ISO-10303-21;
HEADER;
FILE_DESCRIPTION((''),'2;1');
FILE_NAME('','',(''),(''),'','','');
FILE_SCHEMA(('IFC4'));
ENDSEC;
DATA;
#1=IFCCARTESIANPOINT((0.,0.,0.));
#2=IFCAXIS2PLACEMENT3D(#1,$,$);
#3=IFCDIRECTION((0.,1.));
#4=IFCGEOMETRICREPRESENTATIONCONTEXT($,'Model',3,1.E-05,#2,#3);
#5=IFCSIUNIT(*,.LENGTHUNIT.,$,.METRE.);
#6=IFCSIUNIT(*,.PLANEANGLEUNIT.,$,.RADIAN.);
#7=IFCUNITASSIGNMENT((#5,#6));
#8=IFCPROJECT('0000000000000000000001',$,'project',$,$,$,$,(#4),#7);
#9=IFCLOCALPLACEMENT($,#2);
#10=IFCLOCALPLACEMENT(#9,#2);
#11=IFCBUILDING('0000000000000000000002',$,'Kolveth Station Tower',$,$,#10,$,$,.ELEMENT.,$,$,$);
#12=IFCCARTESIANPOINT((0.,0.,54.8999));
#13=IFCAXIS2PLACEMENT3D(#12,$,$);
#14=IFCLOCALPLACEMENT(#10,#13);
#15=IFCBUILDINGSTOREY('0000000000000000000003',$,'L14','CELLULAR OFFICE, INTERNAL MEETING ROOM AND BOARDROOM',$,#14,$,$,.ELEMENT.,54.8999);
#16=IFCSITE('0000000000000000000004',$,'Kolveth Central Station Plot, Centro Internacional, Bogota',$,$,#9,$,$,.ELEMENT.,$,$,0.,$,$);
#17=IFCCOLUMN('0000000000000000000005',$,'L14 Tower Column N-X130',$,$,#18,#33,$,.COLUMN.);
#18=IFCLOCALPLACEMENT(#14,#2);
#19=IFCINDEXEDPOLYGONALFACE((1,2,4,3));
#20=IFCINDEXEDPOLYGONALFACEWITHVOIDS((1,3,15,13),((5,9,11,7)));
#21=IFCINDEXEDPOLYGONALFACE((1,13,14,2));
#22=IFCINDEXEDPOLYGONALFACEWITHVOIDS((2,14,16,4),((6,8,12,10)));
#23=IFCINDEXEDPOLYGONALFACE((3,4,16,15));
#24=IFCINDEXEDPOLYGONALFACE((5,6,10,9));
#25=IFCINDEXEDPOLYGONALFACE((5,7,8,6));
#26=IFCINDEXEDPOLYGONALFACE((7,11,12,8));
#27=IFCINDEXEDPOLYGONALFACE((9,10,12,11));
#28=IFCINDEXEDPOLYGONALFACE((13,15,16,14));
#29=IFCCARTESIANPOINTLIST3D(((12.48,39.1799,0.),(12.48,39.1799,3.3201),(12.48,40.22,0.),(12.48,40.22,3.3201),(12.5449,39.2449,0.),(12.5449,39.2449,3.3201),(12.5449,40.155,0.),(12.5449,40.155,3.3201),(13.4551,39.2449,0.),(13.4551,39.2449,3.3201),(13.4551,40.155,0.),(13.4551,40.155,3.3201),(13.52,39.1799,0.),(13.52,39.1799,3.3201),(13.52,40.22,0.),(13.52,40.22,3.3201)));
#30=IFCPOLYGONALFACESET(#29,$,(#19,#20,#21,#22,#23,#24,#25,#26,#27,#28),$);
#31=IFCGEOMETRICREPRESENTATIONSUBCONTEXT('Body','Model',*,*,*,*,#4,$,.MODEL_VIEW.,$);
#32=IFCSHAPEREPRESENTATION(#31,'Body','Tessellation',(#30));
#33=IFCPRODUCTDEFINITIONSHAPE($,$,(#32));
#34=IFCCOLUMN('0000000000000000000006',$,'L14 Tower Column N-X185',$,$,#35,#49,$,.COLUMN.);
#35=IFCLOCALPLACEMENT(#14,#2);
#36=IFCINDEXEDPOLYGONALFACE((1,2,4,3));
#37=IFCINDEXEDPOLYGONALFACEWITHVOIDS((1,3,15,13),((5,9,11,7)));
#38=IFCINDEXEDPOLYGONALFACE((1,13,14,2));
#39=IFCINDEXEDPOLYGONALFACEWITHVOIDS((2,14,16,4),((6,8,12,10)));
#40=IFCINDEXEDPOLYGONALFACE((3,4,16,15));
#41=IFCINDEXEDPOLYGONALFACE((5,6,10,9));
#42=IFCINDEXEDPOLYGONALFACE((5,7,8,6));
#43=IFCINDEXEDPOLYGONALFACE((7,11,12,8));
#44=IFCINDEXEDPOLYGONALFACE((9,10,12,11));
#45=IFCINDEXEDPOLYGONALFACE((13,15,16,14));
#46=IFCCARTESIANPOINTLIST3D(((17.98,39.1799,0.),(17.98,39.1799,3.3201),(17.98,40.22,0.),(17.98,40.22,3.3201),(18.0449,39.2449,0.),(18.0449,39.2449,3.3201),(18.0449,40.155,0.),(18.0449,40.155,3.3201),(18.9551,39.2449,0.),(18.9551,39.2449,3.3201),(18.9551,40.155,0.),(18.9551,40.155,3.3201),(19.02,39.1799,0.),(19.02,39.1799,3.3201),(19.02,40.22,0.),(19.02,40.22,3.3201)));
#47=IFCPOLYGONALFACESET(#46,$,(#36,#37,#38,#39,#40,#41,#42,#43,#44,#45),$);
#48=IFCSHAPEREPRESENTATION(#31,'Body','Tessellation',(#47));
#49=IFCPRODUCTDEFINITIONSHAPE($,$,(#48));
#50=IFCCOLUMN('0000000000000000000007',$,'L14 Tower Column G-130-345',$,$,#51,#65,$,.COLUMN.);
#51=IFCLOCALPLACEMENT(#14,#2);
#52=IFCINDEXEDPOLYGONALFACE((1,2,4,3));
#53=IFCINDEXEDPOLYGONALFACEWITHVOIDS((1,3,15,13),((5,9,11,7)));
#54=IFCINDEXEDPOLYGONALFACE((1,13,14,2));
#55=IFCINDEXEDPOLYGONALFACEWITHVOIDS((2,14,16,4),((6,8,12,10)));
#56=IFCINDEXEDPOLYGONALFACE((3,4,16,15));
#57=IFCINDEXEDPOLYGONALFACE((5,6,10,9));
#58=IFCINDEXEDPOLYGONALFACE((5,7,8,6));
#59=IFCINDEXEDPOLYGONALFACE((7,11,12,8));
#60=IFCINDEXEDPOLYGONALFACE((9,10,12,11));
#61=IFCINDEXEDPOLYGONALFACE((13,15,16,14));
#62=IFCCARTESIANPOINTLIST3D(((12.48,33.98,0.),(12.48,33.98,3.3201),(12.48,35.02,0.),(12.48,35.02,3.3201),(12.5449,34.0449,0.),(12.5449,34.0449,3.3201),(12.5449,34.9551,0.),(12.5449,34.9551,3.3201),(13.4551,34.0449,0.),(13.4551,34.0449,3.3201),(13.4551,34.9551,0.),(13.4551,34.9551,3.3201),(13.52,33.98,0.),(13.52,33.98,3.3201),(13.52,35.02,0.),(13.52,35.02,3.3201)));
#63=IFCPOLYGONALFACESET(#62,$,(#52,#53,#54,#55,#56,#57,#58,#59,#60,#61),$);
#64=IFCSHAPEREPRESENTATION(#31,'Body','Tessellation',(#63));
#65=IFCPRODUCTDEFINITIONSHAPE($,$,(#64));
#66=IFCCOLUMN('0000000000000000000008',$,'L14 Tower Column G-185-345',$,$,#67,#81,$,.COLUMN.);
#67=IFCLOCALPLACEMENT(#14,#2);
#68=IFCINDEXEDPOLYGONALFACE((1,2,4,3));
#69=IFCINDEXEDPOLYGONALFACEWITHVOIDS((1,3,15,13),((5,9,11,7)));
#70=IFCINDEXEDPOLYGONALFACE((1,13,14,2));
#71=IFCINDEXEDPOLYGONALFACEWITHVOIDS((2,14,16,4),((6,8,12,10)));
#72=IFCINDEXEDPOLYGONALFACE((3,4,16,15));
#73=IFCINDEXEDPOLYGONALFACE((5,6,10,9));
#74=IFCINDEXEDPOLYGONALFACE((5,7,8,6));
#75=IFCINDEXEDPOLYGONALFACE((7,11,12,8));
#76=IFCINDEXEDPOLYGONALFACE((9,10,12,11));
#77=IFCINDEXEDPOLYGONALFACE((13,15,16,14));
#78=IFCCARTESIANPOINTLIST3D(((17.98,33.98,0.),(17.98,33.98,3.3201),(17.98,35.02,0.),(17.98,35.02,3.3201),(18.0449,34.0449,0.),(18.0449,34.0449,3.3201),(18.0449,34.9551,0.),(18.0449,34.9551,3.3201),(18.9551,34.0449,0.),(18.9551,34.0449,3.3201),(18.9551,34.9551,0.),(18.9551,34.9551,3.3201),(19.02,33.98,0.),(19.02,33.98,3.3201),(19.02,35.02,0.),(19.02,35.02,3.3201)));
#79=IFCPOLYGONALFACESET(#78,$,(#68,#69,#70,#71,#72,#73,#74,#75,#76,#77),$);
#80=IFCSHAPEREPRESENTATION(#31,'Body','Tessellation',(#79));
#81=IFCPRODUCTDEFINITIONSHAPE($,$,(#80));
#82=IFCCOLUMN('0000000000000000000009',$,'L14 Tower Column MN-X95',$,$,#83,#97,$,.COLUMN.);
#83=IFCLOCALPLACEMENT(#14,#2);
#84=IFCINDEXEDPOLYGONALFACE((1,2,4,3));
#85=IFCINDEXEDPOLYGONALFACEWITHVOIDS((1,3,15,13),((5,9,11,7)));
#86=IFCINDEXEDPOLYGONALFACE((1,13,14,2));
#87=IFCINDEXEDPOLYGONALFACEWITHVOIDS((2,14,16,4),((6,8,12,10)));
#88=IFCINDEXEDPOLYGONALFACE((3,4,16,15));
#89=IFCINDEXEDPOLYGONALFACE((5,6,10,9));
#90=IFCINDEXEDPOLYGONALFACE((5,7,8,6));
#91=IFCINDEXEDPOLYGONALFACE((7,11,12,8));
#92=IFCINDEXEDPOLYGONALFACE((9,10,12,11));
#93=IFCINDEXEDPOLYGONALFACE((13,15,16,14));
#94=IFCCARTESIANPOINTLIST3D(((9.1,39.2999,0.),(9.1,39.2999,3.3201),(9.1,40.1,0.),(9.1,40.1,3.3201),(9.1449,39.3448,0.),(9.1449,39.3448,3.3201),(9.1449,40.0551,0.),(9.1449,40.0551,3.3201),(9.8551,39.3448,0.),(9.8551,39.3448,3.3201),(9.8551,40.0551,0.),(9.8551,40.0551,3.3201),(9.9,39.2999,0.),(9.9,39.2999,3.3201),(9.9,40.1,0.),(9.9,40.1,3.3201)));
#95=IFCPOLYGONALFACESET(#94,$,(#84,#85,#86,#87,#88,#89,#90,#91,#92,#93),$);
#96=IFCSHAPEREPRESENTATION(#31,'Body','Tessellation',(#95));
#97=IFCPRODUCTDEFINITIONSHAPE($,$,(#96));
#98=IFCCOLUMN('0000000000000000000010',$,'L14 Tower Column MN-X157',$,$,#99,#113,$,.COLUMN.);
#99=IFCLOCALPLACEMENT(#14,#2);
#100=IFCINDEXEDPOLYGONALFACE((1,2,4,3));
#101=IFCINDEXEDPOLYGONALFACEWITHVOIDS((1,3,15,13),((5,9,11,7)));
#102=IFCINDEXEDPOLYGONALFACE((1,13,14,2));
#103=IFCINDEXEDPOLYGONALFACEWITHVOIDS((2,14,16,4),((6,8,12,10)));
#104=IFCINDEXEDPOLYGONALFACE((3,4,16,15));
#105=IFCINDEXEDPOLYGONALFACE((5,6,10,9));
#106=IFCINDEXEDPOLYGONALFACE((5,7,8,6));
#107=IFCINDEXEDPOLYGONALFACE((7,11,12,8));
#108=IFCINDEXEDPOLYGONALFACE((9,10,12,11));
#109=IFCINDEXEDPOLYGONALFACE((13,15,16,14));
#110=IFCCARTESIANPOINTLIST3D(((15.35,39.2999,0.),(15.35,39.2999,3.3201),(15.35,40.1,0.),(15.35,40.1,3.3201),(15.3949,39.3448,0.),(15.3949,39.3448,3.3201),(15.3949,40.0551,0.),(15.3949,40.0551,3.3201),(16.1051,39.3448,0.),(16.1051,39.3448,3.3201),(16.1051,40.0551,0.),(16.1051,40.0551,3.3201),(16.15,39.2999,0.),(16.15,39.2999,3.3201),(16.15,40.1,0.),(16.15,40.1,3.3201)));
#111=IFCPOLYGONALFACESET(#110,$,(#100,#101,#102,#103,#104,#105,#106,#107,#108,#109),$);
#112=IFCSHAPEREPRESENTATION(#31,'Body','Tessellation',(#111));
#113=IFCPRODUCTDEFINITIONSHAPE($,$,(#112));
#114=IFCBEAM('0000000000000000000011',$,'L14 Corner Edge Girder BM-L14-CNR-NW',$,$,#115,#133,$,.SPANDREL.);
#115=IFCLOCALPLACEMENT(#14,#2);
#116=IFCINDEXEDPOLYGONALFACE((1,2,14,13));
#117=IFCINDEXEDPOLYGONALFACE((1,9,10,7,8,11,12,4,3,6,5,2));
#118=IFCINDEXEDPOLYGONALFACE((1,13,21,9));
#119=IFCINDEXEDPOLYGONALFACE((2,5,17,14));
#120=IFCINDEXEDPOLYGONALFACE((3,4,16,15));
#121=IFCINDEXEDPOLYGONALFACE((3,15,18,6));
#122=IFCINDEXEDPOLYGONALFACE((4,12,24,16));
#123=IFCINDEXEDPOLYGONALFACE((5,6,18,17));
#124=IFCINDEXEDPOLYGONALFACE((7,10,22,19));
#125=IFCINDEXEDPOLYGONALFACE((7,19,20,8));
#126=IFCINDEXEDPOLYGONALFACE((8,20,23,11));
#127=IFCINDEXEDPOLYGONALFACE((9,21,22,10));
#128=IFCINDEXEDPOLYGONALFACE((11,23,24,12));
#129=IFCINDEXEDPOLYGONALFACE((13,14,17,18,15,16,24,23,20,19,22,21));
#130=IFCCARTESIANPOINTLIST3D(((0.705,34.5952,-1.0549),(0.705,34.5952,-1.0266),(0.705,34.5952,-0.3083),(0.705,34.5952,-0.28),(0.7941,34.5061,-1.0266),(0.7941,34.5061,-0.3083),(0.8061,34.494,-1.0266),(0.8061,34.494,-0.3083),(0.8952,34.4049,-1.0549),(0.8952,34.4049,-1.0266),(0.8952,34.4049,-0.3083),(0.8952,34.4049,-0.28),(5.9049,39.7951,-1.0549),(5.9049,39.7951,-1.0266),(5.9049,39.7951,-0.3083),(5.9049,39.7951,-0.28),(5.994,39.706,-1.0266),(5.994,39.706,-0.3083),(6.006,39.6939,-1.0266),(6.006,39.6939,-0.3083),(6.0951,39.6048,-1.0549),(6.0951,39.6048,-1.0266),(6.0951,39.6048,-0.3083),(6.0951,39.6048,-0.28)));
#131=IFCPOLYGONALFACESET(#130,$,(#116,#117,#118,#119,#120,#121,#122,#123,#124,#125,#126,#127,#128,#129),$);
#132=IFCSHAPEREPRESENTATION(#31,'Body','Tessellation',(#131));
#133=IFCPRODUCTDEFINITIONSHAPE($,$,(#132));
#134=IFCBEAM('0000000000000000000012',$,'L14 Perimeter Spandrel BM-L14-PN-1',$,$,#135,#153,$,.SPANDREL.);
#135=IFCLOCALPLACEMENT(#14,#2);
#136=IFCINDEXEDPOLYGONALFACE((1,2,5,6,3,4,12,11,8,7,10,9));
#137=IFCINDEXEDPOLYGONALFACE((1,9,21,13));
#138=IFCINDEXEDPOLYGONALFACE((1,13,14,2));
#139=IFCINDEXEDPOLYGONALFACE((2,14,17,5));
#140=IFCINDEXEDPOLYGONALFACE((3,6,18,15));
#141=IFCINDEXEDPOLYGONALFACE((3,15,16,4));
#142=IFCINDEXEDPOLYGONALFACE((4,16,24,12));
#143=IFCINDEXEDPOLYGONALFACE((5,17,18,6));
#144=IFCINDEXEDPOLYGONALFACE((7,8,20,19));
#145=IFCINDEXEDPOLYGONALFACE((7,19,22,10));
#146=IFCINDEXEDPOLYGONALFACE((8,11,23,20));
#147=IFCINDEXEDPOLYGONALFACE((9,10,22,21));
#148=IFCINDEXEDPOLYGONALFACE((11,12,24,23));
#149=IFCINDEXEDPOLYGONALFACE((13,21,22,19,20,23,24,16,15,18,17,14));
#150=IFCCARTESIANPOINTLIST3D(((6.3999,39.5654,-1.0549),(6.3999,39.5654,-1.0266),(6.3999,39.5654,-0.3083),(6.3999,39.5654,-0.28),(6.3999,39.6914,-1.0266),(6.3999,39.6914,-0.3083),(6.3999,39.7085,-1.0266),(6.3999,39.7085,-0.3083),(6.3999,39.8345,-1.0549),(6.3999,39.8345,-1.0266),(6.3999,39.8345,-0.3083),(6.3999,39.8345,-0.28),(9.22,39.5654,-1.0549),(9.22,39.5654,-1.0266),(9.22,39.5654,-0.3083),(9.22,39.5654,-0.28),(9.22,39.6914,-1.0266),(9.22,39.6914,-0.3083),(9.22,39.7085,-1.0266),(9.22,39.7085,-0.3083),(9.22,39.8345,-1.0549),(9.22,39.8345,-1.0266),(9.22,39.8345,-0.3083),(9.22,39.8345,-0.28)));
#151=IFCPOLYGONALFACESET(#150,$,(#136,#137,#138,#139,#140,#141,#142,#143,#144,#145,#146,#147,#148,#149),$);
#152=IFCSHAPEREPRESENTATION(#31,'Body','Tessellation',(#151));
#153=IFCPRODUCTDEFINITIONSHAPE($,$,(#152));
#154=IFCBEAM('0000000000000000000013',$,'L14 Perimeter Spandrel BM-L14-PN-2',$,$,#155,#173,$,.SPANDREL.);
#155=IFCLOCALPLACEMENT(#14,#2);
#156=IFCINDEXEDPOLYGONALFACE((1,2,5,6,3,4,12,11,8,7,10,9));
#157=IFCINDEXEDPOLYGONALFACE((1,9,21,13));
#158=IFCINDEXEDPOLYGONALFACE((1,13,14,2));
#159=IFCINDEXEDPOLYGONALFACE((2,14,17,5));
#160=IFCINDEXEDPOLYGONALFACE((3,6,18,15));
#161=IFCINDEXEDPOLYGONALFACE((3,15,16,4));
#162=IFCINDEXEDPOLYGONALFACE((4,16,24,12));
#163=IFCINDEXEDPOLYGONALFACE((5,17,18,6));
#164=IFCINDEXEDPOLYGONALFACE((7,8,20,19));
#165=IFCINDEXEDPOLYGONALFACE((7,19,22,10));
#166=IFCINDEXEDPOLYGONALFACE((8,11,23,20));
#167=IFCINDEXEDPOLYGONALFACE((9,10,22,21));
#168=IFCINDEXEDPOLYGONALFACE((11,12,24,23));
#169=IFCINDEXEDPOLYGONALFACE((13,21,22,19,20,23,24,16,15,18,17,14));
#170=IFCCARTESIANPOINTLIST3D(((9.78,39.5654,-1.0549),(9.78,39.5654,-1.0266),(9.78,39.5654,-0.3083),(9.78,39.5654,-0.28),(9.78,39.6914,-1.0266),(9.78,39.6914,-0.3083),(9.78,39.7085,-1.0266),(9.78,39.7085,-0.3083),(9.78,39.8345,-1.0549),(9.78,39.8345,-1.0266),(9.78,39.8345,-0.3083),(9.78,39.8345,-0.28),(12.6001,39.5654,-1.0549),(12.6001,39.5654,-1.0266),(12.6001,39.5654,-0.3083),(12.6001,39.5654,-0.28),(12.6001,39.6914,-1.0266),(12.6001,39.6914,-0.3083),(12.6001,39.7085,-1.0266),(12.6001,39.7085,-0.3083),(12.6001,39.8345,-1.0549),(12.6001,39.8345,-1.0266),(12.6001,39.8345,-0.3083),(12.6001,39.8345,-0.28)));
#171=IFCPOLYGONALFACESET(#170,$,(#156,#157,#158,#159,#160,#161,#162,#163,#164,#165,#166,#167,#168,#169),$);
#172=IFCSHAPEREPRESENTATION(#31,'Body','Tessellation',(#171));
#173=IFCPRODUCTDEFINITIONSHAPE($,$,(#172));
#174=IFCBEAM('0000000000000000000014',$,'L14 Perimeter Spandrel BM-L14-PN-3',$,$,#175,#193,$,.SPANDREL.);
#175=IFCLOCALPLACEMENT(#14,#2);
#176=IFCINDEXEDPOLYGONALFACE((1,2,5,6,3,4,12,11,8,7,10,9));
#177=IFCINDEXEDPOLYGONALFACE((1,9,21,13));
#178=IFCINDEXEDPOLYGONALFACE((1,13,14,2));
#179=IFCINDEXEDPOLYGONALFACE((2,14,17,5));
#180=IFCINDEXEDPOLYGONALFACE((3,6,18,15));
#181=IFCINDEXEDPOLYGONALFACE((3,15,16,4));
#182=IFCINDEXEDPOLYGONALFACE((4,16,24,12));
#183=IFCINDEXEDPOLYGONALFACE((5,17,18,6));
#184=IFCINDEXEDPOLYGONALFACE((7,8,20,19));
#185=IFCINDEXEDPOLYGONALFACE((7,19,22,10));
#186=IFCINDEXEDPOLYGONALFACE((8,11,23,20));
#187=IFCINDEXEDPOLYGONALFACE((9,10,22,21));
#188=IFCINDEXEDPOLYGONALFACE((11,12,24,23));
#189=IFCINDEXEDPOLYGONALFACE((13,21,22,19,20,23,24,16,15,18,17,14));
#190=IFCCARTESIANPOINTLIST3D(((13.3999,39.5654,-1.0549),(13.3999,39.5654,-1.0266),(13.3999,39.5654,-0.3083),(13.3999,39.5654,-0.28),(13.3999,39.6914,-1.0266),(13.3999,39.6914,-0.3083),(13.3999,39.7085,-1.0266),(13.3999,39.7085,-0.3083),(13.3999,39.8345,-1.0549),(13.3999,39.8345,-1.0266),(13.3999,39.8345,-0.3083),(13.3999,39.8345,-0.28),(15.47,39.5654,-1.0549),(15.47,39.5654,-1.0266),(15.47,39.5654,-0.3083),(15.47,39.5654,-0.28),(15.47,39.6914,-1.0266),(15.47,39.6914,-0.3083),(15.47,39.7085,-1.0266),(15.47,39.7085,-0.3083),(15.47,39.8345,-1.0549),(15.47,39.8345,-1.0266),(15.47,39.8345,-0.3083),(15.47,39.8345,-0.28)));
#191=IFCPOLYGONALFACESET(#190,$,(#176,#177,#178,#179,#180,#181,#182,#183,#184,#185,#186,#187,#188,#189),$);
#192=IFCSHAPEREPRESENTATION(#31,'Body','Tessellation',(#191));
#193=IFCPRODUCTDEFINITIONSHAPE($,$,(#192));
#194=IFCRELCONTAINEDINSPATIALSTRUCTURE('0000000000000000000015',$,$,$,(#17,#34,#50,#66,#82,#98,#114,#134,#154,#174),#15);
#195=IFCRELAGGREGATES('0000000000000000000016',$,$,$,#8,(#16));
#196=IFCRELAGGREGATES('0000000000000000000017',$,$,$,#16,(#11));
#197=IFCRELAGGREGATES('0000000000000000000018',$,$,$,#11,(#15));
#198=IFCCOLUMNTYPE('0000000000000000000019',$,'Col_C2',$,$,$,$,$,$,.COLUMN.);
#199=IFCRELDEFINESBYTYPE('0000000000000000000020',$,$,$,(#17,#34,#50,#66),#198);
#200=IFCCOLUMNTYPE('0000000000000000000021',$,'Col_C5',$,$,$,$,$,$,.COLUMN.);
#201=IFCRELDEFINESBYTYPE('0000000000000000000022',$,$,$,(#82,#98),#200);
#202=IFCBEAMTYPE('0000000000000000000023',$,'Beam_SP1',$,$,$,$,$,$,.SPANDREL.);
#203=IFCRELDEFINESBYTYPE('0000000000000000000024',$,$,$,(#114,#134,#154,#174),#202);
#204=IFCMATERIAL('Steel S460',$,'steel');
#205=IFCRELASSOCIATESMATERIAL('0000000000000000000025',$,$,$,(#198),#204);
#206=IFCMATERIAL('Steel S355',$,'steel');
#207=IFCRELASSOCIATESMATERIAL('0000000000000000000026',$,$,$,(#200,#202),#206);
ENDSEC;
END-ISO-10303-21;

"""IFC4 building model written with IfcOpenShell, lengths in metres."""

from ifc_helpers import new_model, si_unit, direction, frame, origin, origin_2d, place, context, subcontext, project, spatial, hollow_rectangle, i_section, extrude, source, transform, mapped, material, material_profile, profile_set, type_object, element, save


model = new_model("IFC4")

# Units and contexts
model_context = context("Model", 3, precision=1e-05, world=origin(), true_north=direction((0.0, 1.0)))
body_context = subcontext(model_context, "Body", "Model", "MODEL_VIEW")
ifc_project = project(units=[si_unit("LENGTHUNIT", "METRE"), si_unit("PLANEANGLEUNIT", "RADIAN")], contexts=[model_context])

# Site, building, storey
site_placement = place(None, origin())
site = spatial("IfcSite", under=ifc_project, at=site_placement, Name="Kolveth Central Station Plot, Centro Internacional, Bogota", CompositionType="ELEMENT", RefElevation=0.0)
building_placement = place(site_placement, origin())
building = spatial("IfcBuilding", under=site, at=building_placement, Name="Kolveth Station Tower", CompositionType="ELEMENT")
storey_placement = place(building_placement, frame((0.0, 0.0, 54.8999)))
storey = spatial("IfcBuildingStorey", under=building, at=storey_placement, Name="L14", Description="CELLULAR OFFICE, INTERNAL MEETING ROOM AND BOARDROOM", CompositionType="ELEMENT", Elevation=54.8999)

# Columns
ifc_material_1 = material(Name="Steel S460", Category="steel")
ifc_material_profile_1 = material_profile(ifc_material_1, hollow_rectangle(XDim=1.04, YDim=1.04, WallThickness=0.0649, at=origin_2d()), Name="BOX1040x1040x65")
ifc_profile_set_1 = profile_set([ifc_material_profile_1], Name="Steel S460")
column_type_1 = type_object("IfcColumnType", Name="Col_C2", PredefinedType="COLUMN", material=ifc_profile_set_1)
shared_shape_1 = source(origin(), body_context, "Body", "SweptSolid", [
    extrude(hollow_rectangle(XDim=1.04, YDim=1.04, WallThickness=0.0649, at=origin_2d()), origin(), (0.0, 0.0, 1.0), 3.3201),
])
for number, where, z_axis, x_axis, name in (
    (1, (13.0, 39.7, 0.0), (0.0, 0.0, 1.0), (1.0, 0.0, 0.0), "L14 Tower Column N-X130"),
    (2, (18.5, 39.7, 0.0), (0.0, 0.0, 1.0), (1.0, 0.0, 0.0), "L14 Tower Column N-X185"),
    (3, (13.0, 34.5, 0.0), (0.0, 0.0, 1.0), (1.0, 0.0, 0.0), "L14 Tower Column G-130-345"),
    (4, (18.5, 34.5, 0.0), (0.0, 0.0, 1.0), (1.0, 0.0, 0.0), "L14 Tower Column G-185-345"),
):
    element("IfcColumn", number, at=place(storey_placement, frame(where, z_axis=z_axis, x_axis=x_axis)), inside=storey, type_object=column_type_1, Name=name, PredefinedType="COLUMN", context=body_context, shape_type="MappedRepresentation", body=[
        mapped(shared_shape_1, transform((0.0, 0.0, 0.0), x_axis=(1.0, 0.0, 0.0), y_axis=(0.0, 1.0, 0.0), z_axis=(0.0, 0.0, 1.0), scale=1.0)),
    ])
ifc_material_2 = material(Name="Steel S355", Category="steel")
ifc_material_profile_2 = material_profile(ifc_material_2, hollow_rectangle(XDim=0.8, YDim=0.8, WallThickness=0.0449, at=origin_2d()), Name="BOX800x800x45")
ifc_profile_set_2 = profile_set([ifc_material_profile_2], Name="Steel S355")
column_type_2 = type_object("IfcColumnType", Name="Col_C5", PredefinedType="COLUMN", material=ifc_profile_set_2)
shared_shape_2 = source(origin(), body_context, "Body", "SweptSolid", [
    extrude(hollow_rectangle(XDim=0.8, YDim=0.8, WallThickness=0.0449, at=origin_2d()), origin(), (0.0, 0.0, 1.0), 3.3201),
])
for number, where, z_axis, x_axis, name in (
    (5, (9.5, 39.7, 0.0), (0.0, 0.0, 1.0), (1.0, 0.0, 0.0), "L14 Tower Column MN-X95"),
    (6, (15.75, 39.7, 0.0), (0.0, 0.0, 1.0), (1.0, 0.0, 0.0), "L14 Tower Column MN-X157"),
):
    element("IfcColumn", number, at=place(storey_placement, frame(where, z_axis=z_axis, x_axis=x_axis)), inside=storey, type_object=column_type_2, Name=name, PredefinedType="COLUMN", context=body_context, shape_type="MappedRepresentation", body=[
        mapped(shared_shape_2, transform((0.0, 0.0, 0.0), x_axis=(1.0, 0.0, 0.0), y_axis=(0.0, 1.0, 0.0), z_axis=(0.0, 0.0, 1.0), scale=1.0)),
    ])

# Beams
ifc_material_profile_3 = material_profile(ifc_material_2, i_section(OverallWidth=0.269, OverallDepth=0.7749, WebThickness=0.0171, FlangeThickness=0.0283, at=origin_2d()), Name="W760x220")
ifc_profile_set_3 = profile_set([ifc_material_profile_3], Name="Steel S355")
beam_type_1 = type_object("IfcBeamType", Name="Beam_SP1", PredefinedType="SPANDREL", material=ifc_profile_set_3)
shared_shape_3 = source(origin(), body_context, "Body", "SweptSolid", [
    extrude(i_section(OverallWidth=0.269, OverallDepth=0.7749, WebThickness=0.0171, FlangeThickness=0.0283, at=origin_2d()), origin(), (0.0, 0.0, 1.0), 7.3538),
])
beam_1_placement = place(storey_placement, frame((6.0, 39.7, -0.6675), z_axis=(-0.707107, -0.707107, 0.0), x_axis=(0.707107, -0.707107, 0.0)))
element("IfcBeam", 7, at=beam_1_placement, inside=storey, type_object=beam_type_1, Name="L14 Corner Edge Girder BM-L14-CNR-NW", PredefinedType="SPANDREL", context=body_context, shape_type="MappedRepresentation", body=[
    mapped(shared_shape_3, transform((0.0, 0.0, 0.0), x_axis=(1.0, 0.0, 0.0), y_axis=(0.0, 1.0, 0.0), z_axis=(0.0, 0.0, 1.0), scale=1.0)),
])
shared_shape_4 = source(origin(), body_context, "Body", "SweptSolid", [
    extrude(i_section(OverallWidth=0.269, OverallDepth=0.7749, WebThickness=0.0171, FlangeThickness=0.0283, at=origin_2d()), origin(), (0.0, 0.0, 1.0), 2.8201),
])
for number, where, z_axis, x_axis, name in (
    (8, (6.3999, 39.7, -0.6675), (1.0, 0.0, 0.0), (0.0, 1.0, 0.0), "L14 Perimeter Spandrel BM-L14-PN-1"),
    (9, (9.78, 39.7, -0.6675), (1.0, 0.0, 0.0), (0.0, 1.0, 0.0), "L14 Perimeter Spandrel BM-L14-PN-2"),
):
    element("IfcBeam", number, at=place(storey_placement, frame(where, z_axis=z_axis, x_axis=x_axis)), inside=storey, type_object=beam_type_1, Name=name, PredefinedType="SPANDREL", context=body_context, shape_type="MappedRepresentation", body=[
        mapped(shared_shape_4, transform((0.0, 0.0, 0.0), x_axis=(1.0, 0.0, 0.0), y_axis=(0.0, 1.0, 0.0), z_axis=(0.0, 0.0, 1.0), scale=1.0)),
    ])
shared_shape_5 = source(origin(), body_context, "Body", "SweptSolid", [
    extrude(i_section(OverallWidth=0.269, OverallDepth=0.7749, WebThickness=0.0171, FlangeThickness=0.0283, at=origin_2d()), origin(), (0.0, 0.0, 1.0), 2.0701),
])
for number, where, z_axis, x_axis, name in (
    (10, (13.3999, 39.7, -0.6675), (1.0, 0.0, 0.0), (0.0, 1.0, 0.0), "L14 Perimeter Spandrel BM-L14-PN-3"),
):
    element("IfcBeam", number, at=place(storey_placement, frame(where, z_axis=z_axis, x_axis=x_axis)), inside=storey, type_object=beam_type_1, Name=name, PredefinedType="SPANDREL", context=body_context, shape_type="MappedRepresentation", body=[
        mapped(shared_shape_5, transform((0.0, 0.0, 0.0), x_axis=(1.0, 0.0, 0.0), y_axis=(0.0, 1.0, 0.0), z_axis=(0.0, 0.0, 1.0), scale=1.0)),
    ])

save(model, "model.ifc")
